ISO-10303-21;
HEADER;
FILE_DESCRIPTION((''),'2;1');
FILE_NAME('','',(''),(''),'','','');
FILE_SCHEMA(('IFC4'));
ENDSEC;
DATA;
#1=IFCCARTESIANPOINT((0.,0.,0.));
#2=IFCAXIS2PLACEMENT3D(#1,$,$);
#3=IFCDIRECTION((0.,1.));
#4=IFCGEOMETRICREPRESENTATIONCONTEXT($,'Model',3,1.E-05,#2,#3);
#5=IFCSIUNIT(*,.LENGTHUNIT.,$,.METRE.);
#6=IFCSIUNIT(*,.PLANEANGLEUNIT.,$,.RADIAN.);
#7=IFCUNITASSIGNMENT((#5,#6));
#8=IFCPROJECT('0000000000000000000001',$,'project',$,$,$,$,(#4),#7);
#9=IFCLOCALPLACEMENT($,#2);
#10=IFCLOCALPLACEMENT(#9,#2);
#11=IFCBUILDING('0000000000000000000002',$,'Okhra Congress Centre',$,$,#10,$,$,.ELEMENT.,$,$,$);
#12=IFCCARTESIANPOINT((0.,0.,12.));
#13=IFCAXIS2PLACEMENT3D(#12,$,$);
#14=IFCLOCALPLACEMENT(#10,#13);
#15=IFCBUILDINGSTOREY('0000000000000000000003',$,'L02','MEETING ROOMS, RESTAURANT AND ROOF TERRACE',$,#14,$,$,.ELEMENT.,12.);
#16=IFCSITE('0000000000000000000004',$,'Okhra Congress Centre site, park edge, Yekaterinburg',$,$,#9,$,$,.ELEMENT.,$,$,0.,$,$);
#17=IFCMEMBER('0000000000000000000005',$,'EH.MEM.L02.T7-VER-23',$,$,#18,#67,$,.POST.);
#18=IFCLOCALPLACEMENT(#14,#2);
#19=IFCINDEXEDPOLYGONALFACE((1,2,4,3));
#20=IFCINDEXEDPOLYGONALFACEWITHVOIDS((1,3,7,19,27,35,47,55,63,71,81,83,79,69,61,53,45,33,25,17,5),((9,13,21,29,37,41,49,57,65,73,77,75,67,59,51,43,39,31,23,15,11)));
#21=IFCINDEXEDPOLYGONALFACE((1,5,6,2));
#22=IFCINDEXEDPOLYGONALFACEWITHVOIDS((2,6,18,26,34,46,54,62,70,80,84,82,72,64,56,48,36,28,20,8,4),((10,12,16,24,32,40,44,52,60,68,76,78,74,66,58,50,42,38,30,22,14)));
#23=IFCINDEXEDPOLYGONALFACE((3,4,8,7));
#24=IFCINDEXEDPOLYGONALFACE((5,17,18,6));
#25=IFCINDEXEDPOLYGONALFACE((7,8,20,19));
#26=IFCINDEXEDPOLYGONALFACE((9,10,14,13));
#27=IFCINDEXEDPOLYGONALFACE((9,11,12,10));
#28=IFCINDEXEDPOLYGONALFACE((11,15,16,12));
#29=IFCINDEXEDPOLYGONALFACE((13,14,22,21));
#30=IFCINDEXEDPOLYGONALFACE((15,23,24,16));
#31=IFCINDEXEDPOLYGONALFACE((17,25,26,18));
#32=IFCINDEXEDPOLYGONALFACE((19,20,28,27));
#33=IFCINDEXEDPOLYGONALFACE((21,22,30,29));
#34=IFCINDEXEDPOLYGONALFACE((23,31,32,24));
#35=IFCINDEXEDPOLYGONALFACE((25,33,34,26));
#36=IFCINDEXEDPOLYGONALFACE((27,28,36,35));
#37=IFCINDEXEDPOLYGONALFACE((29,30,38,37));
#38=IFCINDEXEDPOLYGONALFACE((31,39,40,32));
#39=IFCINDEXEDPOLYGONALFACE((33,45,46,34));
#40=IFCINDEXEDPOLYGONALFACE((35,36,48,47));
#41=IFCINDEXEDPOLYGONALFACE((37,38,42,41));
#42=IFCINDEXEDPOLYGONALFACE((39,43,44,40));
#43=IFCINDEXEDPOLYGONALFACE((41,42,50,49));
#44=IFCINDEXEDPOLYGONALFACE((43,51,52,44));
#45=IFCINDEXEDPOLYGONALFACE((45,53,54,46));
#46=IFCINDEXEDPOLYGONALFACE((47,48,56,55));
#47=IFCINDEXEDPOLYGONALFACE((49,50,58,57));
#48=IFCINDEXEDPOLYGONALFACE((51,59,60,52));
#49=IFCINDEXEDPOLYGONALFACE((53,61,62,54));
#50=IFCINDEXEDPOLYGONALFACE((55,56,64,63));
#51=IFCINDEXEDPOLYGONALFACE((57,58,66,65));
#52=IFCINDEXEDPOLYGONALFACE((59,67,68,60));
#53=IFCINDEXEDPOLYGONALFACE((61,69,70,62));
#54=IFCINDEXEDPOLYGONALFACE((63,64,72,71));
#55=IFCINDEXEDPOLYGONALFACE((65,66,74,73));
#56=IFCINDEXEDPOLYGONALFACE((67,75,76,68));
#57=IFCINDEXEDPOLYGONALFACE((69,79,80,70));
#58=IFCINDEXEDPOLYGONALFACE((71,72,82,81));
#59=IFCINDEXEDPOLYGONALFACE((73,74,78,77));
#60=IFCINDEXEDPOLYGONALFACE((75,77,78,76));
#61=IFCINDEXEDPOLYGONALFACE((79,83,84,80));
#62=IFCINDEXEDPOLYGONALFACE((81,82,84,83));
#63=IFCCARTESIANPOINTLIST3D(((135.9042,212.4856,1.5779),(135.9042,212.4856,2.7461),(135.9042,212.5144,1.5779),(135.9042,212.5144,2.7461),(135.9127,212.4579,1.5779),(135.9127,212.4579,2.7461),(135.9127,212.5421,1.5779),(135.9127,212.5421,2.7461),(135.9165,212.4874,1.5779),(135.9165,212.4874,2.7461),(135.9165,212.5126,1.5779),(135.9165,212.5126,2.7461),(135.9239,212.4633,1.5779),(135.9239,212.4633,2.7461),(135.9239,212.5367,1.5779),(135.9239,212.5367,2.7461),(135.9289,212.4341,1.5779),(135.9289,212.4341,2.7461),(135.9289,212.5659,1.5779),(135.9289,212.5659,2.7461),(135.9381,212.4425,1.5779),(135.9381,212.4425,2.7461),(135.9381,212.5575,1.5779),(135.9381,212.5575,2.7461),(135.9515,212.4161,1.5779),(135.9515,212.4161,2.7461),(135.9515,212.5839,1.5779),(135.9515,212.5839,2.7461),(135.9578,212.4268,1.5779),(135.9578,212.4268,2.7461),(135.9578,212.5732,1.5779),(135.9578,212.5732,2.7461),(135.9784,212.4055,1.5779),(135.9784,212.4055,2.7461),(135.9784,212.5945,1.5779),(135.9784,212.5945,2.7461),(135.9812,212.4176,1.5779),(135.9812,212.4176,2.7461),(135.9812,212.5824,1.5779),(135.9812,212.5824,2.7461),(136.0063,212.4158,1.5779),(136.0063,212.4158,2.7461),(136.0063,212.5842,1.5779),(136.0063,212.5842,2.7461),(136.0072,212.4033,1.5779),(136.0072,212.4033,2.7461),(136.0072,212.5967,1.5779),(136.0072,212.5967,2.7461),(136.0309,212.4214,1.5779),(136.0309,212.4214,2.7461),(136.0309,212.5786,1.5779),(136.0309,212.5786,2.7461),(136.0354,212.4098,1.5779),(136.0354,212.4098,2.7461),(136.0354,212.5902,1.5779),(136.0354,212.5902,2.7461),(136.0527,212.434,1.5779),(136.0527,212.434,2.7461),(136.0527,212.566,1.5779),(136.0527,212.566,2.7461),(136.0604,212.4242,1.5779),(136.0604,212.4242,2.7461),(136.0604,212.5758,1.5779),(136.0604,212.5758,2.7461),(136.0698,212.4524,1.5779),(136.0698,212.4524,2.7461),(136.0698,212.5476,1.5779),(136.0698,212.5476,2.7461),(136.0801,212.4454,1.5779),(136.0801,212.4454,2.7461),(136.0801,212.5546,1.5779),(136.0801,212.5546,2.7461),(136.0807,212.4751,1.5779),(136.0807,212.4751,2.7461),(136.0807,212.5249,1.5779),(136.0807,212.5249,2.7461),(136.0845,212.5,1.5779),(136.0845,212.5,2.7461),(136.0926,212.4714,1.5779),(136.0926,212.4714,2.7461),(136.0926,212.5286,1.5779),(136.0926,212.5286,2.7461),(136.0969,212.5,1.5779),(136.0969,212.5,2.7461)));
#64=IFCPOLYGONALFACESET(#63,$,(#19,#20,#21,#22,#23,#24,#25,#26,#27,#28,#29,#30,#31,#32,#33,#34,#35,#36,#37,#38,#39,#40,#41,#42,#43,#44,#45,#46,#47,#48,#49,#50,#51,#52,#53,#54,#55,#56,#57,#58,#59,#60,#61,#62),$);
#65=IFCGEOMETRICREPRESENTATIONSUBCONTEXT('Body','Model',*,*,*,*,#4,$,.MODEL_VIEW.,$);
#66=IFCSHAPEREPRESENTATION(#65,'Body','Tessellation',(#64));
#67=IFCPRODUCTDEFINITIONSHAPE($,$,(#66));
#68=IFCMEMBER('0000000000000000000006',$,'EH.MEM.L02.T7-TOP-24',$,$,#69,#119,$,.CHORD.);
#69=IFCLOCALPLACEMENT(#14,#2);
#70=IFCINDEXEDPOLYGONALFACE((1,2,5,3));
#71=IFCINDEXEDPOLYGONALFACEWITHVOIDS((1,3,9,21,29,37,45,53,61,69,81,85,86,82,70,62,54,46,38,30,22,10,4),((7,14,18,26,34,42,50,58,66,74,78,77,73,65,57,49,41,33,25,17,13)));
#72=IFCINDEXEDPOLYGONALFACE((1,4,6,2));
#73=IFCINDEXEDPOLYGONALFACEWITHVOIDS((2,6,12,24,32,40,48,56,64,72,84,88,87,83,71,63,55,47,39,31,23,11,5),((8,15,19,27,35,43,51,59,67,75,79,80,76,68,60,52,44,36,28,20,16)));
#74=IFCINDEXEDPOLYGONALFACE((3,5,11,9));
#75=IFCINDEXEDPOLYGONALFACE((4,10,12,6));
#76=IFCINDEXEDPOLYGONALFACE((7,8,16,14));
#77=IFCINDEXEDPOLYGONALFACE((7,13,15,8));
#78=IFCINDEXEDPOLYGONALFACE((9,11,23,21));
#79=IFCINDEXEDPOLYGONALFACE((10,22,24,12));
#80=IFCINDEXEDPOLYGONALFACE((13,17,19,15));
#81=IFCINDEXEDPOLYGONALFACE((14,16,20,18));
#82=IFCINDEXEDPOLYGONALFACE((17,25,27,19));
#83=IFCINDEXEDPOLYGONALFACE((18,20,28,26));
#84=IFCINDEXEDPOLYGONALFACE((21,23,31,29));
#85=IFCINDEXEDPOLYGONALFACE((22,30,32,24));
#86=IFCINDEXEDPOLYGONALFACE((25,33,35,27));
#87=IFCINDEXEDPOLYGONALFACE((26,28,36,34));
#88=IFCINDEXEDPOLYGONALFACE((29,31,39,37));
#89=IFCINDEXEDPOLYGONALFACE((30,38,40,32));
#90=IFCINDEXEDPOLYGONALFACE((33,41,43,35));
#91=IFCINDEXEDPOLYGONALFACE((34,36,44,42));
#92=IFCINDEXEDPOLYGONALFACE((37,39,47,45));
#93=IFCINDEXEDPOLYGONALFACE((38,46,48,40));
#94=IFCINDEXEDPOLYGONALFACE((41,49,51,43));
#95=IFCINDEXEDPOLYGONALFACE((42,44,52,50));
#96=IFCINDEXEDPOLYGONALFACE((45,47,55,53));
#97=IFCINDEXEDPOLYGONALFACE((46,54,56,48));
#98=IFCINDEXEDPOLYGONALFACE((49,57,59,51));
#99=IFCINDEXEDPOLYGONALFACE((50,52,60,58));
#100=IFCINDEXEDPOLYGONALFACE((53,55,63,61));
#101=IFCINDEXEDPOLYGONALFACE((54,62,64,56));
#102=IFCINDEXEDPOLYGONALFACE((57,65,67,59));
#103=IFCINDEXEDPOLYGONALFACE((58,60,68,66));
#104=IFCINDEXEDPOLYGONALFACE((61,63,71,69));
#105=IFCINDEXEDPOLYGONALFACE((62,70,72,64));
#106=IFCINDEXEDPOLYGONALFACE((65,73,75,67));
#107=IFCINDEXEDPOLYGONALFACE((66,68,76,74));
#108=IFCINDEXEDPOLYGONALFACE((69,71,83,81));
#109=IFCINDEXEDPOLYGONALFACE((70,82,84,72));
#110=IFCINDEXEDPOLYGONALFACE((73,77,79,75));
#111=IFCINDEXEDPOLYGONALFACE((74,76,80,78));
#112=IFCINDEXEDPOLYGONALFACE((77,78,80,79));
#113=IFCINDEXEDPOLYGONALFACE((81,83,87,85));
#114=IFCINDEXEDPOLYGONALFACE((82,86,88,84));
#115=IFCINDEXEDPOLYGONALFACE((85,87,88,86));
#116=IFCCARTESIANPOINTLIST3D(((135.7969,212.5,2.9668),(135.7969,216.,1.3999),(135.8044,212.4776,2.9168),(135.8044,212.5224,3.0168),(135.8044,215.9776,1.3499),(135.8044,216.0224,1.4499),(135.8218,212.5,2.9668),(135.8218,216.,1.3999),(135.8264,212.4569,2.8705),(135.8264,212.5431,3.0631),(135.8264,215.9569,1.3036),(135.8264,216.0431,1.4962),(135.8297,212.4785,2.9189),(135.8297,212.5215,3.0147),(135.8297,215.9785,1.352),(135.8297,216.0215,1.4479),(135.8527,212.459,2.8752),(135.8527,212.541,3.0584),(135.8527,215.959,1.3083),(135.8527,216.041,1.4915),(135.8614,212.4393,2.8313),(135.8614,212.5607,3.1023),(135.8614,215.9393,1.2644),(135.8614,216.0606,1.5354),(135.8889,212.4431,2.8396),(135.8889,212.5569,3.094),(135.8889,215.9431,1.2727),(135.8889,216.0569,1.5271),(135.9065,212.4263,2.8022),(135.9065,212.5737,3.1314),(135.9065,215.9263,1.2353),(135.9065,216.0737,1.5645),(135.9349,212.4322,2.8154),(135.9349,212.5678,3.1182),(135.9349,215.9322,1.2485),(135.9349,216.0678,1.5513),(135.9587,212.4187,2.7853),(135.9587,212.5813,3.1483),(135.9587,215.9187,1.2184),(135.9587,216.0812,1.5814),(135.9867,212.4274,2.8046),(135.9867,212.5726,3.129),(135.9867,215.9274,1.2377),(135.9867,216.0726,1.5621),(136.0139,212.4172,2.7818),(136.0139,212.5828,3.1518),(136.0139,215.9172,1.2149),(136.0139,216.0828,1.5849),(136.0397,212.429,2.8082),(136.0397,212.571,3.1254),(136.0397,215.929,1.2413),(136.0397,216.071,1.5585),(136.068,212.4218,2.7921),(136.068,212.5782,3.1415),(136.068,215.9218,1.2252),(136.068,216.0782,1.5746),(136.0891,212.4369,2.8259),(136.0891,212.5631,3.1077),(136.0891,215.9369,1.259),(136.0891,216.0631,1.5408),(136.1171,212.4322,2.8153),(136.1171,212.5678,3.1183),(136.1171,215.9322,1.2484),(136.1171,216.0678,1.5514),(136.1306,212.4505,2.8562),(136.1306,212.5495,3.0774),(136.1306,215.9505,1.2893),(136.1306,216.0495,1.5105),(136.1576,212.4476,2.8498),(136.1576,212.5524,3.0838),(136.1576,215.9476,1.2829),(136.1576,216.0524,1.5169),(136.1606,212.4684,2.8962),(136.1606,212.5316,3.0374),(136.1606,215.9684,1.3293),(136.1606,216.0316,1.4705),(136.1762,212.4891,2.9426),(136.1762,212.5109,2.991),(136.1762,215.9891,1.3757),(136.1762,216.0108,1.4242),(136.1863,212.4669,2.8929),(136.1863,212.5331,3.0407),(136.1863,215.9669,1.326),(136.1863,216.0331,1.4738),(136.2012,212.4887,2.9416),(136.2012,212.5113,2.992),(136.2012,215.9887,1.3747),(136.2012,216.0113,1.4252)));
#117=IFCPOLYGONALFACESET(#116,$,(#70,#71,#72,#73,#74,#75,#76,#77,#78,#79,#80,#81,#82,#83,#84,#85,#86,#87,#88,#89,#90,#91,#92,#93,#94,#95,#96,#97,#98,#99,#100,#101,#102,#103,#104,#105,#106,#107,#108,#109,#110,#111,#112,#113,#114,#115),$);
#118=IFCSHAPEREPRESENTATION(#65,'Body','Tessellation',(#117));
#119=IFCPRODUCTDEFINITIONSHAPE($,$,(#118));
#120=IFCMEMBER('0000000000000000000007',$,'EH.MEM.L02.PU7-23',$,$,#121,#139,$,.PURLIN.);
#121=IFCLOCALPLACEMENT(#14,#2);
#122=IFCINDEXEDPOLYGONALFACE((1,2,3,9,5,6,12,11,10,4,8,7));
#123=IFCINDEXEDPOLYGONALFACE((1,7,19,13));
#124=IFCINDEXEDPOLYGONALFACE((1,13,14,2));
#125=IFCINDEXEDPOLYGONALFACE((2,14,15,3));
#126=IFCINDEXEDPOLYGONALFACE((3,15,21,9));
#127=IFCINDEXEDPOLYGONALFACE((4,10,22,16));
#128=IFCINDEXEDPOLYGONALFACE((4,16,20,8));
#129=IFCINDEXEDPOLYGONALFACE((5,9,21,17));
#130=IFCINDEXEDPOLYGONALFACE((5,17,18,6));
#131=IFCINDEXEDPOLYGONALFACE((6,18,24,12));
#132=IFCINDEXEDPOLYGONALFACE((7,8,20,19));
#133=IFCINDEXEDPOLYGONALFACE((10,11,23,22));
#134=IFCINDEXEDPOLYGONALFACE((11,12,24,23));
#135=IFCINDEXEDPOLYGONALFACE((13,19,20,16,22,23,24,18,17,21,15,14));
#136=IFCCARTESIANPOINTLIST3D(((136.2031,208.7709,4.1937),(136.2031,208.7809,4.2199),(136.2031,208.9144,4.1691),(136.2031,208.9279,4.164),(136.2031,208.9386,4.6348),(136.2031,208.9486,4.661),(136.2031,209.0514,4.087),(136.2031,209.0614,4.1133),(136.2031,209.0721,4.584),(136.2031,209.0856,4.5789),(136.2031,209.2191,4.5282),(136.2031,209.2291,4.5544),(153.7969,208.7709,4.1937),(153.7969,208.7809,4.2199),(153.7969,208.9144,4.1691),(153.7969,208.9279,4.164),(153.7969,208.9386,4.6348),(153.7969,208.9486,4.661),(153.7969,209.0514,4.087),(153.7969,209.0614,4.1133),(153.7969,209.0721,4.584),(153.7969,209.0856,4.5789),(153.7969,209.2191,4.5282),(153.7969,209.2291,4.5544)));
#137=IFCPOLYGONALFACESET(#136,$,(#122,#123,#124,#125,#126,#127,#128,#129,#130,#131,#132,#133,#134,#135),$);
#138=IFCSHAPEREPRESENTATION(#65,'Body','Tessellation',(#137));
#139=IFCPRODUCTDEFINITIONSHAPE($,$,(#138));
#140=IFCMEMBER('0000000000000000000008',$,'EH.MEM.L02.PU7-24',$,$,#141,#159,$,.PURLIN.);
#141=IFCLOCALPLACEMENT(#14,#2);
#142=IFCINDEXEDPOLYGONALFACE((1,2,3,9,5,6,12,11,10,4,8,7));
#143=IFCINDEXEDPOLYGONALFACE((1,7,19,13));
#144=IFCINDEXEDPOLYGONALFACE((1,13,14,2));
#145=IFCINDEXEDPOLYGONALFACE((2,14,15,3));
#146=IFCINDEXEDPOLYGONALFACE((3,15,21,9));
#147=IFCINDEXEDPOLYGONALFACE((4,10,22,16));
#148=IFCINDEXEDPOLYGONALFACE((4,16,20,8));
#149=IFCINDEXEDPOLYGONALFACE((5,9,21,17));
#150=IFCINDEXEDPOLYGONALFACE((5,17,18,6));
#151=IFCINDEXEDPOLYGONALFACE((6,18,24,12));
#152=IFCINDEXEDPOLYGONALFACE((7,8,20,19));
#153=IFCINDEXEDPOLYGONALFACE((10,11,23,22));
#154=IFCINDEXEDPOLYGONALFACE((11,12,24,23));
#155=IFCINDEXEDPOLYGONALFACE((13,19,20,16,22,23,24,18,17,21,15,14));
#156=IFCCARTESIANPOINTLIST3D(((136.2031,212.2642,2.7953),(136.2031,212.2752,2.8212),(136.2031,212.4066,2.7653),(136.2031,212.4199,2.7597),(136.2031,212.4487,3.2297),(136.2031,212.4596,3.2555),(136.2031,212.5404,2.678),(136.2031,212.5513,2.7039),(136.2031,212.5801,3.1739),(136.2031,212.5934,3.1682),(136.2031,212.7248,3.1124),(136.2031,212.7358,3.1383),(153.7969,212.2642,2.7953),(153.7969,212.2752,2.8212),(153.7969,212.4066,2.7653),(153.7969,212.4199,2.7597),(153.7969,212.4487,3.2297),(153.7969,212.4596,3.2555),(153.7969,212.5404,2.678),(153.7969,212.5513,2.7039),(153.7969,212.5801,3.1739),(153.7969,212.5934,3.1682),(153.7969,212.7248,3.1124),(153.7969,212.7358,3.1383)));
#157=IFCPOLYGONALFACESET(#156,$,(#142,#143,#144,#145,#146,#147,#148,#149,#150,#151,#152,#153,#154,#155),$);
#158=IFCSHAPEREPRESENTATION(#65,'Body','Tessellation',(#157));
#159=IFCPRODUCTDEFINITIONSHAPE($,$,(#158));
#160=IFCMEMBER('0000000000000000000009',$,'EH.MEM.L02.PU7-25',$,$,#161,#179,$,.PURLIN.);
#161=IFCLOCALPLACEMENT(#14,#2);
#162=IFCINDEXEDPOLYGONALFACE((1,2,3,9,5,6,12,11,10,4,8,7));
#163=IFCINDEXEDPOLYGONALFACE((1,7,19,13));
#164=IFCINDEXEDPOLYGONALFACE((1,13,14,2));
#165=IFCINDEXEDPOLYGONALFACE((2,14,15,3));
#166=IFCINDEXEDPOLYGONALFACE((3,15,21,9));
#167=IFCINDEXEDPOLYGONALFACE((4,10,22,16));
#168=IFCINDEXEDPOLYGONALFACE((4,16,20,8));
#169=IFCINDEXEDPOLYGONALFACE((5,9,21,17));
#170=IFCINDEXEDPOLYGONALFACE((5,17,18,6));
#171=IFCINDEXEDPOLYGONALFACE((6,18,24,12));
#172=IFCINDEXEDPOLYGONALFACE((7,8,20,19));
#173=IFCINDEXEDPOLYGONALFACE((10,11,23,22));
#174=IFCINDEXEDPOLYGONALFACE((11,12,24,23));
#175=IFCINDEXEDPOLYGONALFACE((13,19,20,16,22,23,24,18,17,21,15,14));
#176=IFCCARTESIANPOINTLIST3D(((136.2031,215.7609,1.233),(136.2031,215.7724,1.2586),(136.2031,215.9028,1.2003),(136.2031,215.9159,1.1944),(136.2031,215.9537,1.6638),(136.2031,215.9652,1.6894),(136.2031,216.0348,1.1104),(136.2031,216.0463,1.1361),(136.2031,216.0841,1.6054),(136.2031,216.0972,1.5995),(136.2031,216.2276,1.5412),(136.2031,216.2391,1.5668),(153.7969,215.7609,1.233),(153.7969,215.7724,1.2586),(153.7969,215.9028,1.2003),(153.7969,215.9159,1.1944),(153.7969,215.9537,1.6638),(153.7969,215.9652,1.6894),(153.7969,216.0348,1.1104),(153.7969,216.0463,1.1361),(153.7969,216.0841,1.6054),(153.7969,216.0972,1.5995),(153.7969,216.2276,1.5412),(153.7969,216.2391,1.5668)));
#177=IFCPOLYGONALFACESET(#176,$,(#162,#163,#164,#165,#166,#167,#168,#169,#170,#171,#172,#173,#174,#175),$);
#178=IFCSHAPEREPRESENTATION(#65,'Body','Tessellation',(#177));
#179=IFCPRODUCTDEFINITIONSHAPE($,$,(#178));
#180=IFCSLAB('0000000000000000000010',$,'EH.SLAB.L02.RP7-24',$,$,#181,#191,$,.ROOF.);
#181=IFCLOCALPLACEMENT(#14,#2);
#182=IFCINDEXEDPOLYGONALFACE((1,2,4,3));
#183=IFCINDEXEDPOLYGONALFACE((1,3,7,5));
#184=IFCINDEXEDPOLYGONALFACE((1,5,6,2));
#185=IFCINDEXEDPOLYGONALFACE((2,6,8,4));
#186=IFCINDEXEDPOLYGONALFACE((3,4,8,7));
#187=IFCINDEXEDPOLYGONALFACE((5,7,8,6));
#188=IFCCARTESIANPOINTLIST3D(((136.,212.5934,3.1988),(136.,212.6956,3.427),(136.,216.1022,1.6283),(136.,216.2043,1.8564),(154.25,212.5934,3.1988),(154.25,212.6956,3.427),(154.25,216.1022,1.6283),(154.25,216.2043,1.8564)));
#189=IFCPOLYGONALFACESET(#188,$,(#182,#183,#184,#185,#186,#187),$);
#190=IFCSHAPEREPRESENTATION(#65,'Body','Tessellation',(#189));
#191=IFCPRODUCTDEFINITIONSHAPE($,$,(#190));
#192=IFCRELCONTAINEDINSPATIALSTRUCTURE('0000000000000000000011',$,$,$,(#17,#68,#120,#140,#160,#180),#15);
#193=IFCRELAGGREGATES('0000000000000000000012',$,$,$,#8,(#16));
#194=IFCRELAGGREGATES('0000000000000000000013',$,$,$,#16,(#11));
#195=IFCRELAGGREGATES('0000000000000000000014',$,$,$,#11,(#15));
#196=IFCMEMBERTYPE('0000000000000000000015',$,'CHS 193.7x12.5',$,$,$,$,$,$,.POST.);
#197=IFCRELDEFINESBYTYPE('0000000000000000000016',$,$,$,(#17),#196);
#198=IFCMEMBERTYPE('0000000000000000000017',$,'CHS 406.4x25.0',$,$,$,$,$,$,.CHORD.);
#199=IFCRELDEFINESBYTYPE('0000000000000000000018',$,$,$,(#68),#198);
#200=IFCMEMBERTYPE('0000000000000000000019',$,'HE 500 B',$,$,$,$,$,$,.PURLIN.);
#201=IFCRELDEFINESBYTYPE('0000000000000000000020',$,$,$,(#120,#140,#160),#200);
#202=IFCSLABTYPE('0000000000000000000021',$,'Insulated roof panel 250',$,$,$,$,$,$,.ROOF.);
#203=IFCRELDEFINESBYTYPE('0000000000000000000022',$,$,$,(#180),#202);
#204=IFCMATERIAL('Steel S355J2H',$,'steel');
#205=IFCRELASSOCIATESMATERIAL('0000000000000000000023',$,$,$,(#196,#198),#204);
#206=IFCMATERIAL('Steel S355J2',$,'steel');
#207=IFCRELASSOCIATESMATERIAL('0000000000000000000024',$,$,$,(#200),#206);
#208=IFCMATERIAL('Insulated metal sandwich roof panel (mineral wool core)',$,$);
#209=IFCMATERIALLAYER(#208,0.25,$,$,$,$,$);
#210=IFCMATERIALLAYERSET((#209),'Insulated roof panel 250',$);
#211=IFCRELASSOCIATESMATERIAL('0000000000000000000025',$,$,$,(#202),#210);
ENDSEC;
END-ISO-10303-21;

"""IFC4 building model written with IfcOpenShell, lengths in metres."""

from ifc_helpers import new_model, si_unit, direction, frame, origin, origin_2d, place, context, subcontext, project, spatial, polyline, hollow_circle, i_section, outline, extrude, material, layer, layer_set, material_profile, profile_set, type_object, element, save


model = new_model("IFC4")

# Units and contexts
model_context = context("Model", 3, precision=1e-05, world=origin(), true_north=direction((0.0, 1.0)))
body_context = subcontext(model_context, "Body", "Model", "MODEL_VIEW")
ifc_project = project(units=[si_unit("LENGTHUNIT", "METRE"), si_unit("PLANEANGLEUNIT", "RADIAN")], contexts=[model_context])

# Site, building, storey
site_placement = place(None, origin())
site = spatial("IfcSite", under=ifc_project, at=site_placement, Name="Okhra Congress Centre site, park edge, Yekaterinburg", CompositionType="ELEMENT", RefElevation=0.0)
building_placement = place(site_placement, origin())
building = spatial("IfcBuilding", under=site, at=building_placement, Name="Okhra Congress Centre", CompositionType="ELEMENT")
storey_placement = place(building_placement, frame((0.0, 0.0, 12.0)))
storey = spatial("IfcBuildingStorey", under=building, at=storey_placement, Name="L02", Description="MEETING ROOMS, RESTAURANT AND ROOF TERRACE", CompositionType="ELEMENT", Elevation=12.0)

# Shared definitions
ifc_material_1 = material(Name="Steel S355J2", Category="steel")

# Members
ifc_material_2 = material(Name="Steel S355J2H", Category="steel")
ifc_material_profile_1 = material_profile(ifc_material_2, hollow_circle(Radius=0.0969, WallThickness=0.0125, at=origin_2d()), Name="CHS 193.7x12.5")
ifc_profile_set_1 = profile_set([ifc_material_profile_1], Name="Steel S355J2H")
member_type_1 = type_object("IfcMemberType", Name="CHS 193.7x12.5", PredefinedType="POST", material=ifc_profile_set_1)
member_1_placement = place(storey_placement, frame((136.0, 212.5, 1.5779), z_axis=(0.0, 0.0, 1.0), x_axis=(1.0, 0.0, 0.0)))
element("IfcMember", 1, at=member_1_placement, inside=storey, type_object=member_type_1, Name="EH.MEM.L02.T7-VER-23", PredefinedType="POST", context=body_context, shape_type="SweptSolid", body=[
    extrude(hollow_circle(Radius=0.0969, WallThickness=0.0125, at=origin_2d()), origin(), (0.0, 0.0, 1.0), 1.1682),
])
ifc_material_profile_2 = material_profile(ifc_material_2, hollow_circle(Radius=0.2031, WallThickness=0.0249, at=origin_2d()), Name="CHS 406.4x25.0")
ifc_profile_set_2 = profile_set([ifc_material_profile_2], Name="Steel S355J2H")
member_type_2 = type_object("IfcMemberType", Name="CHS 406.4x25.0", PredefinedType="CHORD", material=ifc_profile_set_2)
member_2_placement = place(storey_placement, frame((136.0, 212.5, 2.9668), z_axis=(0.0, 0.912711, -0.408606), x_axis=(-1.0, 0.0, 0.0)))
element("IfcMember", 2, at=member_2_placement, inside=storey, type_object=member_type_2, Name="EH.MEM.L02.T7-TOP-24", PredefinedType="CHORD", context=body_context, shape_type="SweptSolid", body=[
    extrude(hollow_circle(Radius=0.2031, WallThickness=0.0249, at=origin_2d()), origin(), (0.0, 0.0, 1.0), 3.8347),
])
ifc_material_profile_3 = material_profile(ifc_material_1, i_section(OverallWidth=0.3, OverallDepth=0.5, WebThickness=0.0144, FlangeThickness=0.0281, at=origin_2d()), Name="HE 500 B")
ifc_profile_set_3 = profile_set([ifc_material_profile_3], Name="Steel S355J2")
member_type_3 = type_object("IfcMemberType", Name="HE 500 B", PredefinedType="PURLIN", material=ifc_profile_set_3)
for number, where, z_axis, x_axis, name in (
    (3, (136.2031, 209.0, 4.374), (1.0, 0.0, 0.0), (0.0, 0.934733, -0.355351), "EH.MEM.L02.PU7-23"),
    (4, (136.2031, 212.5, 2.9668), (1.0, 0.0, 0.0), (0.0, 0.920437, -0.39089), "EH.MEM.L02.PU7-24"),
    (5, (136.2031, 216.0, 1.3999), (1.0, 0.0, 0.0), (0.0, 0.912721, -0.408583), "EH.MEM.L02.PU7-25"),
):
    element("IfcMember", number, at=place(storey_placement, frame(where, z_axis=z_axis, x_axis=x_axis)), inside=storey, type_object=member_type_3, Name=name, PredefinedType="PURLIN", context=body_context, shape_type="SweptSolid", body=[
        extrude(i_section(OverallWidth=0.3, OverallDepth=0.5, WebThickness=0.0144, FlangeThickness=0.0281, at=origin_2d()), origin(), (0.0, 0.0, 1.0), 17.5938),
    ])

# Slab
ifc_material_3 = material(Name="Insulated metal sandwich roof panel (mineral wool core)")
ifc_layer_1 = layer(ifc_material_3, 0.25)
ifc_layer_set_1 = layer_set([ifc_layer_1], Name="Insulated roof panel 250")
slab_type = type_object("IfcSlabType", Name="Insulated roof panel 250", PredefinedType="ROOF", material=ifc_layer_set_1)
slab_placement = place(storey_placement, frame((136.0, 212.6956, 3.427), z_axis=(0.0, 0.408547, 0.912737), x_axis=(1.0, 0.0, 0.0)))
element("IfcSlab", 6, at=slab_placement, inside=storey, type_object=slab_type, Name="EH.SLAB.L02.RP7-24", PredefinedType="ROOF", context=body_context, shape_type="SweptSolid", body=[
    extrude(outline(polyline([(0.0, 0.0), (18.25, 0.0), (18.25, 3.8442), (0.0, 3.8442), (0.0, 0.0)])), origin(), (0.0, 0.0, -1.0), 0.25),
])

save(model, "model.ifc")
